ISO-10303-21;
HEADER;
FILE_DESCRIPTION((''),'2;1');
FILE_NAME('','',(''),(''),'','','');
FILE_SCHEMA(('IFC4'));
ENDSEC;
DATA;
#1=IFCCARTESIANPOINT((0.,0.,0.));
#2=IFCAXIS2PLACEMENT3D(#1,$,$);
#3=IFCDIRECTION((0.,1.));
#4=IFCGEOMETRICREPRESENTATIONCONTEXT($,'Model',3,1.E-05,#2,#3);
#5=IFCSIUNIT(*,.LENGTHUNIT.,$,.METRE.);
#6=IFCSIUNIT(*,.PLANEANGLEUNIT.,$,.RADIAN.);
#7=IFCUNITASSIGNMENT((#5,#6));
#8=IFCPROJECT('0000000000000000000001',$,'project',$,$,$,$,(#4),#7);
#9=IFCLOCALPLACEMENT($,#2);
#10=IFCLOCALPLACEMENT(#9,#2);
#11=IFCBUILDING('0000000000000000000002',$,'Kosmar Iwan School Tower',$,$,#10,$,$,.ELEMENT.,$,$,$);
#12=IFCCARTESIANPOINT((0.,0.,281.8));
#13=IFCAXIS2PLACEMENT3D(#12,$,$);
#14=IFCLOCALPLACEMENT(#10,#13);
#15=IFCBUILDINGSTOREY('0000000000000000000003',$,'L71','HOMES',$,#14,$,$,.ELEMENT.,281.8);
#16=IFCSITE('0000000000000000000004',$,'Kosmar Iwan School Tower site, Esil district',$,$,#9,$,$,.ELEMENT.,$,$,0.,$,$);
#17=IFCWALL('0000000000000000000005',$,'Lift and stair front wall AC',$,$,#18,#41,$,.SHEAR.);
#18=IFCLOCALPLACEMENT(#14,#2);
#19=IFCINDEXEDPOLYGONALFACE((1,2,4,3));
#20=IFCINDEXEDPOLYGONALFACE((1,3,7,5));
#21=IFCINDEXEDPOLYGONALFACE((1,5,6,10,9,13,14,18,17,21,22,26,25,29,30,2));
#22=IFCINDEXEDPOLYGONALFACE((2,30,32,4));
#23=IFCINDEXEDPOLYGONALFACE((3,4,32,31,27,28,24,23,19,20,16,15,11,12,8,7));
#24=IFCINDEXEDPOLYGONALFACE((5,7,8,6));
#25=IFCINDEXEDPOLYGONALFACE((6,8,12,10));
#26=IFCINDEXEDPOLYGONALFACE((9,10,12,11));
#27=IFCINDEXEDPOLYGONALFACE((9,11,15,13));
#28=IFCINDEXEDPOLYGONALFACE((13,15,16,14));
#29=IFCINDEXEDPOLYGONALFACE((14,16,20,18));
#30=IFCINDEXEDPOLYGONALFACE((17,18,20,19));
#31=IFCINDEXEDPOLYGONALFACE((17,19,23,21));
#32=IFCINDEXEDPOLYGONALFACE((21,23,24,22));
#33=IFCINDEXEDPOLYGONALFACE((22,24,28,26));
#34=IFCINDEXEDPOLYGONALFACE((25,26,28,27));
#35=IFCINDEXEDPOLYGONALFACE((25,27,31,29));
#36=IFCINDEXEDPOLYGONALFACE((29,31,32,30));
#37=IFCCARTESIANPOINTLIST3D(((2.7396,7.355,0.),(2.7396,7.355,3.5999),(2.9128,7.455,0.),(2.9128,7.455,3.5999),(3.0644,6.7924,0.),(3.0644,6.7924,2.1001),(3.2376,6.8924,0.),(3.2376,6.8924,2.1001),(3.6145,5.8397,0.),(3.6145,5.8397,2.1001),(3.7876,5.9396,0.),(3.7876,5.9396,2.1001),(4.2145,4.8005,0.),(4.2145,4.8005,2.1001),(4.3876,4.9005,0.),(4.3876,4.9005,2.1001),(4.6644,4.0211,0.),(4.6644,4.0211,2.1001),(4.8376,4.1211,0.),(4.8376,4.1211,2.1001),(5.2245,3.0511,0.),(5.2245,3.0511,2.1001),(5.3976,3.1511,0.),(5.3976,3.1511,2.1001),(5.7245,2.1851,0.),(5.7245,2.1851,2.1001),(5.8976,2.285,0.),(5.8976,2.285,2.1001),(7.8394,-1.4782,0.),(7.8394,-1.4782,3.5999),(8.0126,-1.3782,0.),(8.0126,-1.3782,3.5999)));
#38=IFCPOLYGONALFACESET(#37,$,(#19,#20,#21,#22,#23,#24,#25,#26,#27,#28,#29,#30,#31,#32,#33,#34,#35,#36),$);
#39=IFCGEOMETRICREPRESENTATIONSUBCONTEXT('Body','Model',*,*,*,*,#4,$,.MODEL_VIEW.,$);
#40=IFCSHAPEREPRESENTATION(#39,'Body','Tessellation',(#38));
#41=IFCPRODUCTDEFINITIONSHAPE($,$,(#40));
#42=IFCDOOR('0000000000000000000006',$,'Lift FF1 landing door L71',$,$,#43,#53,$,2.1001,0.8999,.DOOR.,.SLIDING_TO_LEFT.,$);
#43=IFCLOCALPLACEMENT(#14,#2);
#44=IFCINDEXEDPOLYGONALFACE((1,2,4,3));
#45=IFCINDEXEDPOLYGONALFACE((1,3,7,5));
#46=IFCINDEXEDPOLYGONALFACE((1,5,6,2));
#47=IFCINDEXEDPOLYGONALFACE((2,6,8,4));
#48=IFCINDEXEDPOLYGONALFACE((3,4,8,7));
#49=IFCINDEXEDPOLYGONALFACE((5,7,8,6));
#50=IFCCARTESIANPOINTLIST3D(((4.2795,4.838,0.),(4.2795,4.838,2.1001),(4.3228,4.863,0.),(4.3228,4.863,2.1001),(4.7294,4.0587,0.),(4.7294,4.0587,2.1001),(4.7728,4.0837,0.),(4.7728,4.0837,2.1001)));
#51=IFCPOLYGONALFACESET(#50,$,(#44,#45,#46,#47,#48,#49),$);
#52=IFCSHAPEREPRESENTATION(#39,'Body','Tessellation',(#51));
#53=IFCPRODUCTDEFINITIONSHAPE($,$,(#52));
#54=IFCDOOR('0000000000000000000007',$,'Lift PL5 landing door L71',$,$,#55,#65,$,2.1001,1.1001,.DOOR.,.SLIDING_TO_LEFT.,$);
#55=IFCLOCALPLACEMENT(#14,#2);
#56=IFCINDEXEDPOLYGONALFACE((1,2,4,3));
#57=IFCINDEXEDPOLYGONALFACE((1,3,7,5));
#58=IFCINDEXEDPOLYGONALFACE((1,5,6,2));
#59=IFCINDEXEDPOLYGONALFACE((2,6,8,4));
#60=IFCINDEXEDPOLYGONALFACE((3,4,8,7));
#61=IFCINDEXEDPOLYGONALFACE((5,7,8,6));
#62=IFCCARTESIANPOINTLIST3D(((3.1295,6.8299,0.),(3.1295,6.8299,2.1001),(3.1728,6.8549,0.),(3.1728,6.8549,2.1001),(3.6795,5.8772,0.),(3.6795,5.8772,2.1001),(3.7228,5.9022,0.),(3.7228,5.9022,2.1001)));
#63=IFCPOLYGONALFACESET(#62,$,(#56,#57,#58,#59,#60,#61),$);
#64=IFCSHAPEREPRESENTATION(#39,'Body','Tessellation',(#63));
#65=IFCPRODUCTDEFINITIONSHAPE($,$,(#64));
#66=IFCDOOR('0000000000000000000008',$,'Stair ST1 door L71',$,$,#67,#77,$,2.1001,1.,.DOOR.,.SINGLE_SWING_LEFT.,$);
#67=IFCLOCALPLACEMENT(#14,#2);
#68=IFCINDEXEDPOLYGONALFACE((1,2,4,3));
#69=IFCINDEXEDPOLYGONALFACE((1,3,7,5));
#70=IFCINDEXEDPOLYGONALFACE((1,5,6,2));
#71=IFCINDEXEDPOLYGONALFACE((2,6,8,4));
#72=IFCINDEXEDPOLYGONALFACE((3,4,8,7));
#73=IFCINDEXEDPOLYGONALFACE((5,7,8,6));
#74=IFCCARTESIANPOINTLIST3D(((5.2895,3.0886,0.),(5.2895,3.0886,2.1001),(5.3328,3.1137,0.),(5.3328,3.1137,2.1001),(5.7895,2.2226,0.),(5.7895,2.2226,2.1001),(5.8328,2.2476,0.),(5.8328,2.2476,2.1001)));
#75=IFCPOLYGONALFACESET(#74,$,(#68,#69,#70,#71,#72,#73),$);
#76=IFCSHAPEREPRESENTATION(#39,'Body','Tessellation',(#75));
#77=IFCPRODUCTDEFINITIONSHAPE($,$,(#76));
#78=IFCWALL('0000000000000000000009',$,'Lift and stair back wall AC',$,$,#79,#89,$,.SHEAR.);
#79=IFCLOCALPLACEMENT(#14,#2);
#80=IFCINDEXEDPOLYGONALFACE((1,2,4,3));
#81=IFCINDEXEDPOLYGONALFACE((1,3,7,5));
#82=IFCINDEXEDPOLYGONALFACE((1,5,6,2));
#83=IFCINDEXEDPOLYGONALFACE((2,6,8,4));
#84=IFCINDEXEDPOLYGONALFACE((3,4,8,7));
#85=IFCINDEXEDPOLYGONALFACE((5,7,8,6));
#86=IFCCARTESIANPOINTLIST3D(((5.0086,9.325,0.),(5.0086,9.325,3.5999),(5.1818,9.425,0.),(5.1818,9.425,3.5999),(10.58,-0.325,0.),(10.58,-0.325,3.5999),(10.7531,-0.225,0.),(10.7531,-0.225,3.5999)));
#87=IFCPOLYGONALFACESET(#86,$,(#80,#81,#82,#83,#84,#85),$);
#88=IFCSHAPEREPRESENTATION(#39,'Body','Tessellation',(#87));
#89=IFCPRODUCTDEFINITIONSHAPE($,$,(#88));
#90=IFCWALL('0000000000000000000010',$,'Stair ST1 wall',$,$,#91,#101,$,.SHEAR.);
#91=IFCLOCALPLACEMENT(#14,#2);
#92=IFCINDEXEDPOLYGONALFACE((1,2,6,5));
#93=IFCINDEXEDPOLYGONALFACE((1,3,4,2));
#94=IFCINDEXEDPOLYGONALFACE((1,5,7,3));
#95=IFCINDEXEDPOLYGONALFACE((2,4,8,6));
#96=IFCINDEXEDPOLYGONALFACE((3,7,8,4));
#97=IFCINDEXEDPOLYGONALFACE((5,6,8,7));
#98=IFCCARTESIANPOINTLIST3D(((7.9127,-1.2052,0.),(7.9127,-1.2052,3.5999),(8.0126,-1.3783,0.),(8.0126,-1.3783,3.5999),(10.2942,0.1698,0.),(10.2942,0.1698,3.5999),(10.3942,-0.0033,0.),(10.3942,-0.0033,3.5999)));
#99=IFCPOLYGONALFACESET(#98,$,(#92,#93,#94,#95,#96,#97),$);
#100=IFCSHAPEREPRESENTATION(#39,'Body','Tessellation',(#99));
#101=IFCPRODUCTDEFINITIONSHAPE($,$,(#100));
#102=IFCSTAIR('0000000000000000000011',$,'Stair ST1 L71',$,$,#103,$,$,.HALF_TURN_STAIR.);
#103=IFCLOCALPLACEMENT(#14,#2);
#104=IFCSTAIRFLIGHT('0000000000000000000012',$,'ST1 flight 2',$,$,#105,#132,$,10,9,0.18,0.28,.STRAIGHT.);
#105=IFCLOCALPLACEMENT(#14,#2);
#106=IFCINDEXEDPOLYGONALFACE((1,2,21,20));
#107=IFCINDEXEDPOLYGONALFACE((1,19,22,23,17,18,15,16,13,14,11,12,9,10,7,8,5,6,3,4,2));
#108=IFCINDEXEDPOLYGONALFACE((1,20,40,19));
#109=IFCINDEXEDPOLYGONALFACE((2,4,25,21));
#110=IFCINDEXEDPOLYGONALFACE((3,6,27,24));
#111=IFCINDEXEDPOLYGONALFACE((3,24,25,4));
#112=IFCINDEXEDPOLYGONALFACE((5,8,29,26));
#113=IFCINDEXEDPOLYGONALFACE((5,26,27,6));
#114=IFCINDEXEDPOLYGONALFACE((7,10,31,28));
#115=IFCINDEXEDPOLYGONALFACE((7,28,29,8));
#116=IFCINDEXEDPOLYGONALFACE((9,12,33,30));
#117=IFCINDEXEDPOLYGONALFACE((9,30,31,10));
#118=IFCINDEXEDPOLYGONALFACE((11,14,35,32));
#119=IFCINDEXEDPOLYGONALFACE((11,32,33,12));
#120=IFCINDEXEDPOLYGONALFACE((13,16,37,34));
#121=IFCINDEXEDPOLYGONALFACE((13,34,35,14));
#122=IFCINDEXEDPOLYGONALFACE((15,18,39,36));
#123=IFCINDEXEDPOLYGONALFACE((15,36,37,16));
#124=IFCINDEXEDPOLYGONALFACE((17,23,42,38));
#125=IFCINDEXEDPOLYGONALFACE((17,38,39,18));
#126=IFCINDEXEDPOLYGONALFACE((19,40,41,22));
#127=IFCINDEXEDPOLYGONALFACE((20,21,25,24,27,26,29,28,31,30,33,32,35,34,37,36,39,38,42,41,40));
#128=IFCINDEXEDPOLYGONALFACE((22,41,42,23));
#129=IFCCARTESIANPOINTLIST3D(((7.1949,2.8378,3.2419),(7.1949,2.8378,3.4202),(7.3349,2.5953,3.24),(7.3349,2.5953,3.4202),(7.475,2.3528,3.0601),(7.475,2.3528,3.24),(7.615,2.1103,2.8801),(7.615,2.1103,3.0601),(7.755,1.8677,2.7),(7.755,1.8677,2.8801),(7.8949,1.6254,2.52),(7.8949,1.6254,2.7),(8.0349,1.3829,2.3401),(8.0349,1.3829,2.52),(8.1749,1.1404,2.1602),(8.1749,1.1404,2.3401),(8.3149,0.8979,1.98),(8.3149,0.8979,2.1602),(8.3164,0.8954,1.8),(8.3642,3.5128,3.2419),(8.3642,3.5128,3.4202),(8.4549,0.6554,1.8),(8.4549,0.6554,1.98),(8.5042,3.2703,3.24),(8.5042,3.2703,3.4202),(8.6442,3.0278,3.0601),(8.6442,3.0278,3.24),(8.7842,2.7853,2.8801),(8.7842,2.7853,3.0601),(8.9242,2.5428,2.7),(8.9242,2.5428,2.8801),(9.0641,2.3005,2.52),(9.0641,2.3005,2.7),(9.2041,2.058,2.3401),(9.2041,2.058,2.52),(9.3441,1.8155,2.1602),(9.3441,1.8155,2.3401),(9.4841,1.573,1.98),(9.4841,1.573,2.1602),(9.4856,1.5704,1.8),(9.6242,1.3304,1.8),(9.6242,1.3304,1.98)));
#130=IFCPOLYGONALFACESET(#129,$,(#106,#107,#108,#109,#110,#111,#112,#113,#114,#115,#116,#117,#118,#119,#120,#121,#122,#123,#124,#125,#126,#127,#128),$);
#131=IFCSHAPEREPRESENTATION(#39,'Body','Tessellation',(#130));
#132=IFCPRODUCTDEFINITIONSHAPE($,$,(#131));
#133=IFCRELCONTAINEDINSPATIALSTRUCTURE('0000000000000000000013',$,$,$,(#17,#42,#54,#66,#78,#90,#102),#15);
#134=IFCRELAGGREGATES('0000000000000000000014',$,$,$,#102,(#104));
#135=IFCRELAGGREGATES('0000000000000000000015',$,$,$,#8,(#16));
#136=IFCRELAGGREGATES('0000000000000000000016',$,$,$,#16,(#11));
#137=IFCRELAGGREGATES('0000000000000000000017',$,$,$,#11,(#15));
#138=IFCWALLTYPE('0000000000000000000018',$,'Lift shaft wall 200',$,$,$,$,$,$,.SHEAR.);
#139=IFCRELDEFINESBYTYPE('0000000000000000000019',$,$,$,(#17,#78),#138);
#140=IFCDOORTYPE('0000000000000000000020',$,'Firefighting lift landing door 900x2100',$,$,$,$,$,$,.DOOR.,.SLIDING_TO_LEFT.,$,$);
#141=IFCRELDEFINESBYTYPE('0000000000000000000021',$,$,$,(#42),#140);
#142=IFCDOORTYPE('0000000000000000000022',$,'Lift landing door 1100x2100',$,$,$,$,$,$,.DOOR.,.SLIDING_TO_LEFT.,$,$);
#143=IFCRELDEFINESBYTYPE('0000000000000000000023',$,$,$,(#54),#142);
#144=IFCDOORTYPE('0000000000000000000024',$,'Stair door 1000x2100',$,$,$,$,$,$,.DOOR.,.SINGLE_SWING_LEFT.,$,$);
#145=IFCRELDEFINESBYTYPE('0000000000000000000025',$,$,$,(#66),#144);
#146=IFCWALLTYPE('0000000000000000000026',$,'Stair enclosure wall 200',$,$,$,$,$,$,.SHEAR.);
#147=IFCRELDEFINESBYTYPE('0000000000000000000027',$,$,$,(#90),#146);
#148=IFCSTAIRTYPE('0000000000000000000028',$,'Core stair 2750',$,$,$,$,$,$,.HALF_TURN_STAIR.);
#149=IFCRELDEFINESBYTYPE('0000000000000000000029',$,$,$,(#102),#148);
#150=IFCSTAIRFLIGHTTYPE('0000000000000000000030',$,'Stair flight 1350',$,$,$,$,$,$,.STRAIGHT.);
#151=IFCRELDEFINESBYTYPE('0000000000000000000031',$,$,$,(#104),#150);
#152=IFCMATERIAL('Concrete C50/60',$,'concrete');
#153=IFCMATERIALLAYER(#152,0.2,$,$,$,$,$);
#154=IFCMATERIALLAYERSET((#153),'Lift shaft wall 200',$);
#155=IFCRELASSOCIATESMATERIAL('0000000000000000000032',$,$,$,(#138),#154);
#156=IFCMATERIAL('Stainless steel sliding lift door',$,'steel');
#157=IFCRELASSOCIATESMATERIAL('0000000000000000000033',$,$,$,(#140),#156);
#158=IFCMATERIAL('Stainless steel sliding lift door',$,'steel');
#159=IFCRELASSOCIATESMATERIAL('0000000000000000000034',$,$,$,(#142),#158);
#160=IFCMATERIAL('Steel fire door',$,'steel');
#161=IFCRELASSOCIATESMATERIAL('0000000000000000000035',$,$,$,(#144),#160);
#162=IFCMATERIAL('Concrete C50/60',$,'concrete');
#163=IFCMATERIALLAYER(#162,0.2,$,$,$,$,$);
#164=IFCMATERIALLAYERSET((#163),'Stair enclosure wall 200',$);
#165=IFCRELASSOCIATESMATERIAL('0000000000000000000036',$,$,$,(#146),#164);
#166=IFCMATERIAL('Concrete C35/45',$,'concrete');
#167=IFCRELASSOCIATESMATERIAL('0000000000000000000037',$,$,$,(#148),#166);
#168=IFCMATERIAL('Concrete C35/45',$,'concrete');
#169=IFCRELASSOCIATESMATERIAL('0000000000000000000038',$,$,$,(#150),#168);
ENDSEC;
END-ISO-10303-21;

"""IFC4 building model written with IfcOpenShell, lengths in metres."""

from ifc_helpers import new_model, si_unit, direction, frame, frame_2d, origin, place, context, subcontext, project, spatial, polyline, rectangle, outline, extrude, material, layer, layer_set, type_object, element, fill, aggregate, save


model = new_model("IFC4")

# Units and contexts
model_context = context("Model", 3, precision=1e-05, world=origin(), true_north=direction((0.0, 1.0)))
body_context = subcontext(model_context, "Body", "Model", "MODEL_VIEW")
ifc_project = project(units=[si_unit("LENGTHUNIT", "METRE"), si_unit("PLANEANGLEUNIT", "RADIAN")], contexts=[model_context])

# Site, building, storey
site_placement = place(None, origin())
site = spatial("IfcSite", under=ifc_project, at=site_placement, Name="Kosmar Iwan School Tower site, Esil district", CompositionType="ELEMENT", RefElevation=0.0)
building_placement = place(site_placement, origin())
building = spatial("IfcBuilding", under=site, at=building_placement, Name="Kosmar Iwan School Tower", CompositionType="ELEMENT")
storey_placement = place(building_placement, frame((0.0, 0.0, 281.8)))
storey = spatial("IfcBuildingStorey", under=building, at=storey_placement, Name="L71", Description="HOMES", CompositionType="ELEMENT", Elevation=281.8)

# Wall, openings, doors
ifc_material_1 = material(Name="Concrete C50/60", Category="concrete")
ifc_layer_1 = layer(ifc_material_1, 0.2)
ifc_layer_set_1 = layer_set([ifc_layer_1], Name="Lift shaft wall 200")
wall_type_1 = type_object("IfcWallType", Name="Lift shaft wall 200", PredefinedType="SHEAR", material=ifc_layer_set_1)
wall_1_placement = place(storey_placement, frame((7.926, -1.4282, 0.0), z_axis=(0.0, 0.0, 1.0), x_axis=(-0.499998, 0.866027, 0.0)))
wall_1 = element("IfcWall", 1, at=wall_1_placement, inside=storey, type_object=wall_type_1, Name="Lift and stair front wall AC", PredefinedType="SHEAR", context=body_context, shape_type="SweptSolid", body=[
    extrude(rectangle(XDim=10.1997, YDim=0.2, at=frame_2d((5.0999, 0.0))), origin(), (0.0, 0.0, 1.0), 3.5999),
])
opening_1_placement = place(wall_1_placement, frame((6.3501, 0.0, 0.0)))
opening_1 = element("IfcOpeningElement", 2, at=opening_1_placement, cuts=wall_1, PredefinedType="OPENING", context=body_context, shape_type="SweptSolid", body=[
    extrude(rectangle(XDim=0.8999, YDim=2.1001, at=frame_2d((0.45, 1.05))), frame((0.0, 0.1121, 0.0), z_axis=(0.0, -1.0, 0.0), x_axis=(1.0, 0.0, 0.0)), (0.0, 0.0, 1.0), 0.2239),
])
opening_2_placement = place(wall_1_placement, frame((8.45, 0.0, 0.0)))
opening_2 = element("IfcOpeningElement", 3, at=opening_2_placement, cuts=wall_1, PredefinedType="OPENING", context=body_context, shape_type="SweptSolid", body=[
    extrude(rectangle(XDim=1.1001, YDim=2.1001, at=frame_2d((0.55, 1.05))), frame((0.0, 0.1121, 0.0), z_axis=(0.0, -1.0, 0.0), x_axis=(1.0, 0.0, 0.0)), (0.0, 0.0, 1.0), 0.2239),
])
opening_3_placement = place(wall_1_placement, frame((4.23, 0.0, 0.0)))
opening_3 = element("IfcOpeningElement", 4, at=opening_3_placement, cuts=wall_1, PredefinedType="OPENING", context=body_context, shape_type="SweptSolid", body=[
    extrude(rectangle(XDim=1.0, YDim=2.1001, at=frame_2d((0.5, 1.05))), frame((0.0, 0.1121, 0.0), z_axis=(0.0, -1.0, 0.0), x_axis=(1.0, 0.0, 0.0)), (0.0, 0.0, 1.0), 0.2239),
])
ifc_material_2 = material(Name="Stainless steel sliding lift door", Category="steel")
door_type_1 = type_object("IfcDoorType", Name="Firefighting lift landing door 900x2100", OperationType="SLIDING_TO_LEFT", PredefinedType="DOOR", material=ifc_material_2)
door_1_placement = place(opening_1_placement, origin())
door_1 = element("IfcDoor", 5, at=door_1_placement, inside=storey, type_object=door_type_1, Name="Lift FF1 landing door L71", OperationType="SLIDING_TO_LEFT", OverallHeight=2.1001, OverallWidth=0.8999, PredefinedType="DOOR", context=body_context, shape_type="SweptSolid", body=[
    extrude(rectangle(XDim=0.8999, YDim=2.1001, at=frame_2d((0.45, 1.05))), frame((0.0, 0.0249, 0.0), z_axis=(0.0, -1.0, 0.0), x_axis=(1.0, 0.0, 0.0)), (0.0, 0.0, 1.0), 0.05),
])
fill(opening_1, door_1)
ifc_material_3 = material(Name="Stainless steel sliding lift door", Category="steel")
door_type_2 = type_object("IfcDoorType", Name="Lift landing door 1100x2100", OperationType="SLIDING_TO_LEFT", PredefinedType="DOOR", material=ifc_material_3)
door_2_placement = place(opening_2_placement, origin())
door_2 = element("IfcDoor", 6, at=door_2_placement, inside=storey, type_object=door_type_2, Name="Lift PL5 landing door L71", OperationType="SLIDING_TO_LEFT", OverallHeight=2.1001, OverallWidth=1.1001, PredefinedType="DOOR", context=body_context, shape_type="SweptSolid", body=[
    extrude(rectangle(XDim=1.1001, YDim=2.1001, at=frame_2d((0.55, 1.05))), frame((0.0, 0.0249, 0.0), z_axis=(0.0, -1.0, 0.0), x_axis=(1.0, 0.0, 0.0)), (0.0, 0.0, 1.0), 0.05),
])
fill(opening_2, door_2)
ifc_material_4 = material(Name="Steel fire door", Category="steel")
door_type_3 = type_object("IfcDoorType", Name="Stair door 1000x2100", OperationType="SINGLE_SWING_LEFT", PredefinedType="DOOR", material=ifc_material_4)
door_3_placement = place(opening_3_placement, origin())
door_3 = element("IfcDoor", 7, at=door_3_placement, inside=storey, type_object=door_type_3, Name="Stair ST1 door L71", OperationType="SINGLE_SWING_LEFT", OverallHeight=2.1001, OverallWidth=1.0, PredefinedType="DOOR", context=body_context, shape_type="SweptSolid", body=[
    extrude(rectangle(XDim=1.0, YDim=2.1001, at=frame_2d((0.5, 1.05))), frame((0.0, 0.0249, 0.0), z_axis=(0.0, -1.0, 0.0), x_axis=(1.0, 0.0, 0.0)), (0.0, 0.0, 1.0), 0.05),
])
fill(opening_3, door_3)

# Walls
wall_2_placement = place(storey_placement, frame((10.6665, -0.2749, 0.0), z_axis=(0.0, 0.0, 1.0), x_axis=(-0.499994, 0.866029, 0.0)))
element("IfcWall", 8, at=wall_2_placement, inside=storey, type_object=wall_type_1, Name="Lift and stair back wall AC", PredefinedType="SHEAR", context=body_context, shape_type="SweptSolid", body=[
    extrude(rectangle(XDim=11.1428, YDim=0.2, at=frame_2d((5.5713, 0.0))), origin(), (0.0, 0.0, 1.0), 3.5999),
])
ifc_material_5 = material(Name="Concrete C50/60", Category="concrete")
ifc_layer_2 = layer(ifc_material_5, 0.2)
ifc_layer_set_2 = layer_set([ifc_layer_2], Name="Stair enclosure wall 200")
wall_type_2 = type_object("IfcWallType", Name="Stair enclosure wall 200", PredefinedType="SHEAR", material=ifc_layer_set_2)
wall_3_placement = place(storey_placement, frame((7.9626, -1.2917, 0.0), z_axis=(0.0, 0.0, 1.0), x_axis=(0.866027, 0.499997, 0.0)))
element("IfcWall", 9, at=wall_3_placement, inside=storey, type_object=wall_type_2, Name="Stair ST1 wall", PredefinedType="SHEAR", context=body_context, shape_type="SweptSolid", body=[
    extrude(rectangle(XDim=2.75, YDim=0.2, at=frame_2d((1.375, 0.0))), origin(), (0.0, 0.0, 1.0), 3.5999),
])

# Stair, stair flight
ifc_material_6 = material(Name="Concrete C35/45", Category="concrete")
stair_type = type_object("IfcStairType", Name="Core stair 2750", PredefinedType="HALF_TURN_STAIR", material=ifc_material_6)
stair_placement = place(storey_placement, origin())
stair = element("IfcStair", 10, at=stair_placement, inside=storey, type_object=stair_type, Name="Stair ST1 L71", PredefinedType="HALF_TURN_STAIR")
ifc_material_7 = material(Name="Concrete C35/45", Category="concrete")
stair_flight_type = type_object("IfcStairFlightType", Name="Stair flight 1350", PredefinedType="STRAIGHT", material=ifc_material_7)
stair_flight_placement = place(storey_placement, frame((9.0396, 0.9929, 1.8), z_axis=(0.0, 0.0, 1.0), x_axis=(-0.5, 0.866025, 0.0)))
stair_flight = element("IfcStairFlight", 11, at=stair_flight_placement, type_object=stair_flight_type, Name="ST1 flight 2", NumberOfRisers=10, NumberOfTreads=9, PredefinedType="STRAIGHT", RiserHeight=0.18, TreadLength=0.28, context=body_context, shape_type="SweptSolid", body=[
    extrude(outline(polyline([(0.0, 0.0), (0.0, 0.1799), (0.28, 0.1799), (0.28, 0.3601), (0.5601, 0.3601), (0.5601, 0.54), (0.8401, 0.54), (0.8401, 0.72), (1.1201, 0.72), (1.1201, 0.8999), (1.3999, 0.8999), (1.3999, 1.0801), (1.6799, 1.0801), (1.6799, 1.26), (1.96, 1.26), (1.96, 1.4399), (2.24, 1.4399), (2.24, 1.6201), (2.52, 1.6201), (2.52, 1.8), (2.52, 1.4419), (0.2771, 0.0), (0.0, 0.0)])), frame((0.0, 0.675, 0.0), z_axis=(0.0, -1.0, 0.0), x_axis=(1.0, 0.0, 0.0)), (0.0, 0.0, 1.0), 1.3501),
])
aggregate(stair, [stair_flight])

save(model, "model.ifc")
